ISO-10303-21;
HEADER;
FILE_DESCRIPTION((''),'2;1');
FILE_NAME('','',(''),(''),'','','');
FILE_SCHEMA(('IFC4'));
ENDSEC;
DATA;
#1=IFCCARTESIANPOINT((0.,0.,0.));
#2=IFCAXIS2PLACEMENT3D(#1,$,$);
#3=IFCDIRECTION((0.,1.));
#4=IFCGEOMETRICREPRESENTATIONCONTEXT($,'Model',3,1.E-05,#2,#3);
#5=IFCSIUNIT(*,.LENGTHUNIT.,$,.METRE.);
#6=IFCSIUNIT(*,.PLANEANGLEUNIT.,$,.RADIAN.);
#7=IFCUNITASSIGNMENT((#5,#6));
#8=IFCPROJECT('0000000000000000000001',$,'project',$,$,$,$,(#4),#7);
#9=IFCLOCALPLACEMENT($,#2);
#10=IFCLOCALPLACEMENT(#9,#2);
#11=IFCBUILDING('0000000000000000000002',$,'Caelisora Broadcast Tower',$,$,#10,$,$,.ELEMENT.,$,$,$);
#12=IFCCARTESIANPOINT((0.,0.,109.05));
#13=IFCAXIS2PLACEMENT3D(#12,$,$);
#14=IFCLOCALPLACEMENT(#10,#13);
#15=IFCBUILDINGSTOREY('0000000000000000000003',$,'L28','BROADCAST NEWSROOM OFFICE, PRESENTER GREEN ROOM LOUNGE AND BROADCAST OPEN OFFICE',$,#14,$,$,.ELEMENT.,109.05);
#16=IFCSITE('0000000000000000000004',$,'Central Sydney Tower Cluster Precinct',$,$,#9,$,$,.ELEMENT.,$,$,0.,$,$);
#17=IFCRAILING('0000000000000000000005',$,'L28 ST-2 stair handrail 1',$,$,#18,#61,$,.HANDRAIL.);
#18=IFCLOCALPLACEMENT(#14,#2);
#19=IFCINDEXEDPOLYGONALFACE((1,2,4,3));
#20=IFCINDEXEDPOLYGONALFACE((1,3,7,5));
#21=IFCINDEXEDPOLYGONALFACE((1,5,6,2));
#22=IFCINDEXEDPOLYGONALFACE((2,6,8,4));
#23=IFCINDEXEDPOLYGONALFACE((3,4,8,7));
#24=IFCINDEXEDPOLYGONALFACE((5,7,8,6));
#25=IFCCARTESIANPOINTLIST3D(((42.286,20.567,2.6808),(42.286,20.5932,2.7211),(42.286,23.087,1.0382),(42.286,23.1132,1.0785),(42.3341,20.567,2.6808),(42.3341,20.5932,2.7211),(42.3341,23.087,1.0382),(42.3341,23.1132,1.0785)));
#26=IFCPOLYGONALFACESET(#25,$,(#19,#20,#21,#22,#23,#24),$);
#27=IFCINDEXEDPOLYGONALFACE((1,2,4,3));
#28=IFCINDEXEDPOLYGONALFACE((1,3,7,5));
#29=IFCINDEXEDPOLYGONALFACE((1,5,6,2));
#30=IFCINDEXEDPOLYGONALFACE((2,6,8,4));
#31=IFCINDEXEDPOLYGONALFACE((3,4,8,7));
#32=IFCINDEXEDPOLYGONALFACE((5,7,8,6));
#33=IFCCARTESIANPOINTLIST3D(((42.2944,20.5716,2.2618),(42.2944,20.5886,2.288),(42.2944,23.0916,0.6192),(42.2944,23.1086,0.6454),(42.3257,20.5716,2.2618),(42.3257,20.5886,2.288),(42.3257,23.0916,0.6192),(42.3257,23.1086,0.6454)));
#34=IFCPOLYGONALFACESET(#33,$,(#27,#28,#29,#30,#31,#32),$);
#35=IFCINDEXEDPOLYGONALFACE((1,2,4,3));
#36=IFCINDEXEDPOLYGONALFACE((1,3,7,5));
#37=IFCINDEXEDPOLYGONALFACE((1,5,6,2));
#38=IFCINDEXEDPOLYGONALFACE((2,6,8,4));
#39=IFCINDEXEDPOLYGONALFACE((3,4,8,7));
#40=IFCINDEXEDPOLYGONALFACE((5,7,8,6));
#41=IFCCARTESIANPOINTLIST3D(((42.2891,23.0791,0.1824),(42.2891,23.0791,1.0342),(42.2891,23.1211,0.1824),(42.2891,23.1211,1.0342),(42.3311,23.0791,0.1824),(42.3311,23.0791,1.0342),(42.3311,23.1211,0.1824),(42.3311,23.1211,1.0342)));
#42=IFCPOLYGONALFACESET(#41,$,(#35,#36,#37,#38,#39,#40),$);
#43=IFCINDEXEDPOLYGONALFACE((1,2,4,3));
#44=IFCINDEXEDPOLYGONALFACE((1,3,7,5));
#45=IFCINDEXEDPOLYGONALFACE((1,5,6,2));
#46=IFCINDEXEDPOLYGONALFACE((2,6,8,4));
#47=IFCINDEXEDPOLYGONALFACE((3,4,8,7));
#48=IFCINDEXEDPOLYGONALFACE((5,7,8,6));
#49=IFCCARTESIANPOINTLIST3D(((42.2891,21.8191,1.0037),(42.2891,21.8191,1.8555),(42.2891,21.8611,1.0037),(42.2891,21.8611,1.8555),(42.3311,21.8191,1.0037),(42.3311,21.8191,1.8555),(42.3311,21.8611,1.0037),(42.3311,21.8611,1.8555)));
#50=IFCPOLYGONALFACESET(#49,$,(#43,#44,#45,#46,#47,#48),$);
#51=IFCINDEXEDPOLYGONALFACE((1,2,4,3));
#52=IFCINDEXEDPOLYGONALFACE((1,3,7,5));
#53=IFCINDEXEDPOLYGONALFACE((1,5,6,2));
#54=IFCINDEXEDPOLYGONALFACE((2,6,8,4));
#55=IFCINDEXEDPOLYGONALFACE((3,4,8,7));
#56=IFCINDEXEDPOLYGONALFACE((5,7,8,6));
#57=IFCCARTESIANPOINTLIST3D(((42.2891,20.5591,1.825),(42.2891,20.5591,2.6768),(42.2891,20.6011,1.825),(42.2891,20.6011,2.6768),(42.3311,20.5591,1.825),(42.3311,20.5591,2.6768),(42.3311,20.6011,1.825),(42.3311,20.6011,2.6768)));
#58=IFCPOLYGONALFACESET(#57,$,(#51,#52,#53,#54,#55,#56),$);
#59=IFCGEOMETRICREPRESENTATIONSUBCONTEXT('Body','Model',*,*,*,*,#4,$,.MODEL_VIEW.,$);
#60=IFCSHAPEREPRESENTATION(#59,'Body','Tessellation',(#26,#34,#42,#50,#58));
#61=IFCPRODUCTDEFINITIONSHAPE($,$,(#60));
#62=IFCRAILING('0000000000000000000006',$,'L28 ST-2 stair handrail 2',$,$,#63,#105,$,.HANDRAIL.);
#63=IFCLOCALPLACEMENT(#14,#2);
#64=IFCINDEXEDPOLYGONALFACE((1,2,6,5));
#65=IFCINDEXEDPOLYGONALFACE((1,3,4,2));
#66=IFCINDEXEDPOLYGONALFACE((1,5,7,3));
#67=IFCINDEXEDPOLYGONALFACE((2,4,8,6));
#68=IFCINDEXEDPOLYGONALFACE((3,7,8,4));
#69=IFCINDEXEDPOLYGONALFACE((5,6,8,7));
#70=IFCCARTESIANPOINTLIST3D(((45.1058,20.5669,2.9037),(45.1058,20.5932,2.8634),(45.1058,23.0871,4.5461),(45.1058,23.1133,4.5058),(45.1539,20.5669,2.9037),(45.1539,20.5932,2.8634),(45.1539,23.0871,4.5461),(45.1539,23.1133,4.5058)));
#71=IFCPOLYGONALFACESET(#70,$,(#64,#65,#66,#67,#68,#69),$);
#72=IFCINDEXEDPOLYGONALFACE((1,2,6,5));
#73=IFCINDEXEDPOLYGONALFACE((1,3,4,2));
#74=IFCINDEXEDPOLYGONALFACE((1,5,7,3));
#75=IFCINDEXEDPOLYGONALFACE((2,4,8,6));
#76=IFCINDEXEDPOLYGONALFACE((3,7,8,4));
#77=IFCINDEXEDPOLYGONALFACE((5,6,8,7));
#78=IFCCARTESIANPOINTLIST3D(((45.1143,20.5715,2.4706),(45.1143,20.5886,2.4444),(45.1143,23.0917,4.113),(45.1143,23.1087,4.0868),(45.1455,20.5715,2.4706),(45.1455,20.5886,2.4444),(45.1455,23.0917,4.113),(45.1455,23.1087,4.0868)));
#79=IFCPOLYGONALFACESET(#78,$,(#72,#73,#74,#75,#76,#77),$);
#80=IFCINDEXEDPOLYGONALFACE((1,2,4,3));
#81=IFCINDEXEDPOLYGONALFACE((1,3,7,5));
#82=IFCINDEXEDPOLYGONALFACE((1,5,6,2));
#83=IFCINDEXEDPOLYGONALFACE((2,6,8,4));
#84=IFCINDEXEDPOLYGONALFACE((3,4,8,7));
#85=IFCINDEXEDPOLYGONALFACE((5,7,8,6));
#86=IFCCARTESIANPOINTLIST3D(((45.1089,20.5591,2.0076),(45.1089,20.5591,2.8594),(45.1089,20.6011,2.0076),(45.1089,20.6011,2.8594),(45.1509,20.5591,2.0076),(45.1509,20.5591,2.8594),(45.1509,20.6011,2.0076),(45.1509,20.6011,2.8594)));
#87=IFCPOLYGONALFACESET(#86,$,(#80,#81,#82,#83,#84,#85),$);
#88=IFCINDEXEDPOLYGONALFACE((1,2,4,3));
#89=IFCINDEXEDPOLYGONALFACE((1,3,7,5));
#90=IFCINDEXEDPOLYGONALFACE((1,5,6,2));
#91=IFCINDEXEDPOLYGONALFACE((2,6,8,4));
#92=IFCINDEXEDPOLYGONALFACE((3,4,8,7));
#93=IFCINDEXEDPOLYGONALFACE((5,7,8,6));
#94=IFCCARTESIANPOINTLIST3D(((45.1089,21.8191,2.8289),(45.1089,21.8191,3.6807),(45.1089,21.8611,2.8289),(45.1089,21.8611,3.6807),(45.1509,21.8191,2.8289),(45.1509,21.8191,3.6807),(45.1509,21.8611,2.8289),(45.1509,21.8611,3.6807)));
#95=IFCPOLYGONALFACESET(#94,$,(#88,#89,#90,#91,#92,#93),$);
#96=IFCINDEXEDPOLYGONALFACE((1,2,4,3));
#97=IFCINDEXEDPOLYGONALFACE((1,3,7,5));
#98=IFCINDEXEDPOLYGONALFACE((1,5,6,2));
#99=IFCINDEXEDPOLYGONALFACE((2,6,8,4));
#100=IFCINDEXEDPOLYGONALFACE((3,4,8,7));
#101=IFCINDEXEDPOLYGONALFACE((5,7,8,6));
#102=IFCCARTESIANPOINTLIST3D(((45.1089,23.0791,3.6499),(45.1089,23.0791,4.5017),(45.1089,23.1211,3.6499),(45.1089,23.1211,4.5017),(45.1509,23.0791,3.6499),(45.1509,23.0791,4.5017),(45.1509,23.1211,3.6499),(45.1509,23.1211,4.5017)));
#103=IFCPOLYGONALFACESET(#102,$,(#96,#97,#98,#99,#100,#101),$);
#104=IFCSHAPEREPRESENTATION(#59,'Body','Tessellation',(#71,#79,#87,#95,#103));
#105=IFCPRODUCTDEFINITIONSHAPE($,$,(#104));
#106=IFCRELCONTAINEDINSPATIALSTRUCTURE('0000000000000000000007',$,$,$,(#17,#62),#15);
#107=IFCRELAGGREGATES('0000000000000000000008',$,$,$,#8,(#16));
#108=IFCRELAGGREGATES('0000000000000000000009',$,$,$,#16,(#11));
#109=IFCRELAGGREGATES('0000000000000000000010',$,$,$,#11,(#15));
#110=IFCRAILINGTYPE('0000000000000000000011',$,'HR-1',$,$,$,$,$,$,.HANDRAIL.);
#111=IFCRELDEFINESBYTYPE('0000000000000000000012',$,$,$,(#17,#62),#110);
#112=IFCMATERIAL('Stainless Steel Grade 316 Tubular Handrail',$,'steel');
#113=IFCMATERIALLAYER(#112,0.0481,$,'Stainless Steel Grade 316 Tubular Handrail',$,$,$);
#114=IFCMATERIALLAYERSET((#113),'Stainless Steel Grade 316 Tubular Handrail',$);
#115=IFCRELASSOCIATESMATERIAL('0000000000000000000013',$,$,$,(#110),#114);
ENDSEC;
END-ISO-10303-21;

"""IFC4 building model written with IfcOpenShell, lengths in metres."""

from ifc_helpers import new_model, si_unit, direction, frame, origin, origin_2d, place, context, subcontext, project, spatial, rectangle, extrude, material, layer, layer_set, type_object, element, save


model = new_model("IFC4")

# Units and contexts
model_context = context("Model", 3, precision=1e-05, world=origin(), true_north=direction((0.0, 1.0)))
body_context = subcontext(model_context, "Body", "Model", "MODEL_VIEW")
ifc_project = project(units=[si_unit("LENGTHUNIT", "METRE"), si_unit("PLANEANGLEUNIT", "RADIAN")], contexts=[model_context])

# Site, building, storey
site_placement = place(None, origin())
site = spatial("IfcSite", under=ifc_project, at=site_placement, Name="Central Sydney Tower Cluster Precinct", CompositionType="ELEMENT", RefElevation=0.0)
building_placement = place(site_placement, origin())
building = spatial("IfcBuilding", under=site, at=building_placement, Name="Caelisora Broadcast Tower", CompositionType="ELEMENT")
storey_placement = place(building_placement, frame((0.0, 0.0, 109.05)))
storey = spatial("IfcBuildingStorey", under=building, at=storey_placement, Name="L28", Description="BROADCAST NEWSROOM OFFICE, PRESENTER GREEN ROOM LOUNGE AND BROADCAST OPEN OFFICE", CompositionType="ELEMENT", Elevation=109.05)

# Railings
ifc_material_1 = material(Name="Stainless Steel Grade 316 Tubular Handrail", Category="steel")
ifc_layer_1 = layer(ifc_material_1, 0.0481, Name="Stainless Steel Grade 316 Tubular Handrail")
ifc_layer_set_1 = layer_set([ifc_layer_1], Name="Stainless Steel Grade 316 Tubular Handrail")
railing_type_1 = type_object("IfcRailingType", Name="HR-1", PredefinedType="HANDRAIL", material=ifc_layer_set_1)
railing_1_placement = place(storey_placement, frame((42.3101, 23.1001, 0.1824)))
element("IfcRailing", 1, at=railing_1_placement, inside=storey, type_object=railing_type_1, Name="L28 ST-2 stair handrail 1", PredefinedType="HANDRAIL", context=body_context, shape_type="SweptSolid", body=[
    extrude(rectangle(XDim=0.0481, YDim=0.0481, at=origin_2d()), frame((0.0, 0.0, 0.876), z_axis=(0.0, -0.837749, 0.546055), x_axis=(1.0, 0.0, 0.0)), (0.0, 0.0, 1.0), 3.0081),
    extrude(rectangle(XDim=0.0312, YDim=0.0312, at=origin_2d()), frame((0.0, 0.0, 0.45), z_axis=(0.0, -0.837749, 0.546055), x_axis=(1.0, 0.0, 0.0)), (0.0, 0.0, 1.0), 3.0081),
    extrude(rectangle(XDim=0.042, YDim=0.042, at=origin_2d()), origin(), (0.0, 0.0, 1.0), 0.8518),
    extrude(rectangle(XDim=0.042, YDim=0.042, at=origin_2d()), frame((0.0, -1.26, 0.8213)), (0.0, 0.0, 1.0), 0.8518),
    extrude(rectangle(XDim=0.042, YDim=0.042, at=origin_2d()), frame((0.0, -2.52, 1.6426)), (0.0, 0.0, 1.0), 0.8518),
])
railing_2_placement = place(storey_placement, frame((45.1299, 20.5801, 2.0076)))
element("IfcRailing", 2, at=railing_2_placement, inside=storey, type_object=railing_type_1, Name="L28 ST-2 stair handrail 2", PredefinedType="HANDRAIL", context=body_context, shape_type="SweptSolid", body=[
    extrude(rectangle(XDim=0.0481, YDim=0.0481, at=origin_2d()), frame((0.0, 0.0, 0.876), z_axis=(0.0, 0.837787, 0.545998), x_axis=(-1.0, 0.0, 0.0)), (0.0, 0.0, 1.0), 3.0081),
    extrude(rectangle(XDim=0.0312, YDim=0.0312, at=origin_2d()), frame((0.0, 0.0, 0.45), z_axis=(0.0, 0.837787, 0.545998), x_axis=(-1.0, 0.0, 0.0)), (0.0, 0.0, 1.0), 3.0081),
    extrude(rectangle(XDim=0.042, YDim=0.042, at=origin_2d()), origin(), (0.0, 0.0, 1.0), 0.8518),
    extrude(rectangle(XDim=0.042, YDim=0.042, at=origin_2d()), frame((0.0, 1.26, 0.8213)), (0.0, 0.0, 1.0), 0.8518),
    extrude(rectangle(XDim=0.042, YDim=0.042, at=origin_2d()), frame((0.0, 2.52, 1.6423)), (0.0, 0.0, 1.0), 0.8518),
])

save(model, "model.ifc")
